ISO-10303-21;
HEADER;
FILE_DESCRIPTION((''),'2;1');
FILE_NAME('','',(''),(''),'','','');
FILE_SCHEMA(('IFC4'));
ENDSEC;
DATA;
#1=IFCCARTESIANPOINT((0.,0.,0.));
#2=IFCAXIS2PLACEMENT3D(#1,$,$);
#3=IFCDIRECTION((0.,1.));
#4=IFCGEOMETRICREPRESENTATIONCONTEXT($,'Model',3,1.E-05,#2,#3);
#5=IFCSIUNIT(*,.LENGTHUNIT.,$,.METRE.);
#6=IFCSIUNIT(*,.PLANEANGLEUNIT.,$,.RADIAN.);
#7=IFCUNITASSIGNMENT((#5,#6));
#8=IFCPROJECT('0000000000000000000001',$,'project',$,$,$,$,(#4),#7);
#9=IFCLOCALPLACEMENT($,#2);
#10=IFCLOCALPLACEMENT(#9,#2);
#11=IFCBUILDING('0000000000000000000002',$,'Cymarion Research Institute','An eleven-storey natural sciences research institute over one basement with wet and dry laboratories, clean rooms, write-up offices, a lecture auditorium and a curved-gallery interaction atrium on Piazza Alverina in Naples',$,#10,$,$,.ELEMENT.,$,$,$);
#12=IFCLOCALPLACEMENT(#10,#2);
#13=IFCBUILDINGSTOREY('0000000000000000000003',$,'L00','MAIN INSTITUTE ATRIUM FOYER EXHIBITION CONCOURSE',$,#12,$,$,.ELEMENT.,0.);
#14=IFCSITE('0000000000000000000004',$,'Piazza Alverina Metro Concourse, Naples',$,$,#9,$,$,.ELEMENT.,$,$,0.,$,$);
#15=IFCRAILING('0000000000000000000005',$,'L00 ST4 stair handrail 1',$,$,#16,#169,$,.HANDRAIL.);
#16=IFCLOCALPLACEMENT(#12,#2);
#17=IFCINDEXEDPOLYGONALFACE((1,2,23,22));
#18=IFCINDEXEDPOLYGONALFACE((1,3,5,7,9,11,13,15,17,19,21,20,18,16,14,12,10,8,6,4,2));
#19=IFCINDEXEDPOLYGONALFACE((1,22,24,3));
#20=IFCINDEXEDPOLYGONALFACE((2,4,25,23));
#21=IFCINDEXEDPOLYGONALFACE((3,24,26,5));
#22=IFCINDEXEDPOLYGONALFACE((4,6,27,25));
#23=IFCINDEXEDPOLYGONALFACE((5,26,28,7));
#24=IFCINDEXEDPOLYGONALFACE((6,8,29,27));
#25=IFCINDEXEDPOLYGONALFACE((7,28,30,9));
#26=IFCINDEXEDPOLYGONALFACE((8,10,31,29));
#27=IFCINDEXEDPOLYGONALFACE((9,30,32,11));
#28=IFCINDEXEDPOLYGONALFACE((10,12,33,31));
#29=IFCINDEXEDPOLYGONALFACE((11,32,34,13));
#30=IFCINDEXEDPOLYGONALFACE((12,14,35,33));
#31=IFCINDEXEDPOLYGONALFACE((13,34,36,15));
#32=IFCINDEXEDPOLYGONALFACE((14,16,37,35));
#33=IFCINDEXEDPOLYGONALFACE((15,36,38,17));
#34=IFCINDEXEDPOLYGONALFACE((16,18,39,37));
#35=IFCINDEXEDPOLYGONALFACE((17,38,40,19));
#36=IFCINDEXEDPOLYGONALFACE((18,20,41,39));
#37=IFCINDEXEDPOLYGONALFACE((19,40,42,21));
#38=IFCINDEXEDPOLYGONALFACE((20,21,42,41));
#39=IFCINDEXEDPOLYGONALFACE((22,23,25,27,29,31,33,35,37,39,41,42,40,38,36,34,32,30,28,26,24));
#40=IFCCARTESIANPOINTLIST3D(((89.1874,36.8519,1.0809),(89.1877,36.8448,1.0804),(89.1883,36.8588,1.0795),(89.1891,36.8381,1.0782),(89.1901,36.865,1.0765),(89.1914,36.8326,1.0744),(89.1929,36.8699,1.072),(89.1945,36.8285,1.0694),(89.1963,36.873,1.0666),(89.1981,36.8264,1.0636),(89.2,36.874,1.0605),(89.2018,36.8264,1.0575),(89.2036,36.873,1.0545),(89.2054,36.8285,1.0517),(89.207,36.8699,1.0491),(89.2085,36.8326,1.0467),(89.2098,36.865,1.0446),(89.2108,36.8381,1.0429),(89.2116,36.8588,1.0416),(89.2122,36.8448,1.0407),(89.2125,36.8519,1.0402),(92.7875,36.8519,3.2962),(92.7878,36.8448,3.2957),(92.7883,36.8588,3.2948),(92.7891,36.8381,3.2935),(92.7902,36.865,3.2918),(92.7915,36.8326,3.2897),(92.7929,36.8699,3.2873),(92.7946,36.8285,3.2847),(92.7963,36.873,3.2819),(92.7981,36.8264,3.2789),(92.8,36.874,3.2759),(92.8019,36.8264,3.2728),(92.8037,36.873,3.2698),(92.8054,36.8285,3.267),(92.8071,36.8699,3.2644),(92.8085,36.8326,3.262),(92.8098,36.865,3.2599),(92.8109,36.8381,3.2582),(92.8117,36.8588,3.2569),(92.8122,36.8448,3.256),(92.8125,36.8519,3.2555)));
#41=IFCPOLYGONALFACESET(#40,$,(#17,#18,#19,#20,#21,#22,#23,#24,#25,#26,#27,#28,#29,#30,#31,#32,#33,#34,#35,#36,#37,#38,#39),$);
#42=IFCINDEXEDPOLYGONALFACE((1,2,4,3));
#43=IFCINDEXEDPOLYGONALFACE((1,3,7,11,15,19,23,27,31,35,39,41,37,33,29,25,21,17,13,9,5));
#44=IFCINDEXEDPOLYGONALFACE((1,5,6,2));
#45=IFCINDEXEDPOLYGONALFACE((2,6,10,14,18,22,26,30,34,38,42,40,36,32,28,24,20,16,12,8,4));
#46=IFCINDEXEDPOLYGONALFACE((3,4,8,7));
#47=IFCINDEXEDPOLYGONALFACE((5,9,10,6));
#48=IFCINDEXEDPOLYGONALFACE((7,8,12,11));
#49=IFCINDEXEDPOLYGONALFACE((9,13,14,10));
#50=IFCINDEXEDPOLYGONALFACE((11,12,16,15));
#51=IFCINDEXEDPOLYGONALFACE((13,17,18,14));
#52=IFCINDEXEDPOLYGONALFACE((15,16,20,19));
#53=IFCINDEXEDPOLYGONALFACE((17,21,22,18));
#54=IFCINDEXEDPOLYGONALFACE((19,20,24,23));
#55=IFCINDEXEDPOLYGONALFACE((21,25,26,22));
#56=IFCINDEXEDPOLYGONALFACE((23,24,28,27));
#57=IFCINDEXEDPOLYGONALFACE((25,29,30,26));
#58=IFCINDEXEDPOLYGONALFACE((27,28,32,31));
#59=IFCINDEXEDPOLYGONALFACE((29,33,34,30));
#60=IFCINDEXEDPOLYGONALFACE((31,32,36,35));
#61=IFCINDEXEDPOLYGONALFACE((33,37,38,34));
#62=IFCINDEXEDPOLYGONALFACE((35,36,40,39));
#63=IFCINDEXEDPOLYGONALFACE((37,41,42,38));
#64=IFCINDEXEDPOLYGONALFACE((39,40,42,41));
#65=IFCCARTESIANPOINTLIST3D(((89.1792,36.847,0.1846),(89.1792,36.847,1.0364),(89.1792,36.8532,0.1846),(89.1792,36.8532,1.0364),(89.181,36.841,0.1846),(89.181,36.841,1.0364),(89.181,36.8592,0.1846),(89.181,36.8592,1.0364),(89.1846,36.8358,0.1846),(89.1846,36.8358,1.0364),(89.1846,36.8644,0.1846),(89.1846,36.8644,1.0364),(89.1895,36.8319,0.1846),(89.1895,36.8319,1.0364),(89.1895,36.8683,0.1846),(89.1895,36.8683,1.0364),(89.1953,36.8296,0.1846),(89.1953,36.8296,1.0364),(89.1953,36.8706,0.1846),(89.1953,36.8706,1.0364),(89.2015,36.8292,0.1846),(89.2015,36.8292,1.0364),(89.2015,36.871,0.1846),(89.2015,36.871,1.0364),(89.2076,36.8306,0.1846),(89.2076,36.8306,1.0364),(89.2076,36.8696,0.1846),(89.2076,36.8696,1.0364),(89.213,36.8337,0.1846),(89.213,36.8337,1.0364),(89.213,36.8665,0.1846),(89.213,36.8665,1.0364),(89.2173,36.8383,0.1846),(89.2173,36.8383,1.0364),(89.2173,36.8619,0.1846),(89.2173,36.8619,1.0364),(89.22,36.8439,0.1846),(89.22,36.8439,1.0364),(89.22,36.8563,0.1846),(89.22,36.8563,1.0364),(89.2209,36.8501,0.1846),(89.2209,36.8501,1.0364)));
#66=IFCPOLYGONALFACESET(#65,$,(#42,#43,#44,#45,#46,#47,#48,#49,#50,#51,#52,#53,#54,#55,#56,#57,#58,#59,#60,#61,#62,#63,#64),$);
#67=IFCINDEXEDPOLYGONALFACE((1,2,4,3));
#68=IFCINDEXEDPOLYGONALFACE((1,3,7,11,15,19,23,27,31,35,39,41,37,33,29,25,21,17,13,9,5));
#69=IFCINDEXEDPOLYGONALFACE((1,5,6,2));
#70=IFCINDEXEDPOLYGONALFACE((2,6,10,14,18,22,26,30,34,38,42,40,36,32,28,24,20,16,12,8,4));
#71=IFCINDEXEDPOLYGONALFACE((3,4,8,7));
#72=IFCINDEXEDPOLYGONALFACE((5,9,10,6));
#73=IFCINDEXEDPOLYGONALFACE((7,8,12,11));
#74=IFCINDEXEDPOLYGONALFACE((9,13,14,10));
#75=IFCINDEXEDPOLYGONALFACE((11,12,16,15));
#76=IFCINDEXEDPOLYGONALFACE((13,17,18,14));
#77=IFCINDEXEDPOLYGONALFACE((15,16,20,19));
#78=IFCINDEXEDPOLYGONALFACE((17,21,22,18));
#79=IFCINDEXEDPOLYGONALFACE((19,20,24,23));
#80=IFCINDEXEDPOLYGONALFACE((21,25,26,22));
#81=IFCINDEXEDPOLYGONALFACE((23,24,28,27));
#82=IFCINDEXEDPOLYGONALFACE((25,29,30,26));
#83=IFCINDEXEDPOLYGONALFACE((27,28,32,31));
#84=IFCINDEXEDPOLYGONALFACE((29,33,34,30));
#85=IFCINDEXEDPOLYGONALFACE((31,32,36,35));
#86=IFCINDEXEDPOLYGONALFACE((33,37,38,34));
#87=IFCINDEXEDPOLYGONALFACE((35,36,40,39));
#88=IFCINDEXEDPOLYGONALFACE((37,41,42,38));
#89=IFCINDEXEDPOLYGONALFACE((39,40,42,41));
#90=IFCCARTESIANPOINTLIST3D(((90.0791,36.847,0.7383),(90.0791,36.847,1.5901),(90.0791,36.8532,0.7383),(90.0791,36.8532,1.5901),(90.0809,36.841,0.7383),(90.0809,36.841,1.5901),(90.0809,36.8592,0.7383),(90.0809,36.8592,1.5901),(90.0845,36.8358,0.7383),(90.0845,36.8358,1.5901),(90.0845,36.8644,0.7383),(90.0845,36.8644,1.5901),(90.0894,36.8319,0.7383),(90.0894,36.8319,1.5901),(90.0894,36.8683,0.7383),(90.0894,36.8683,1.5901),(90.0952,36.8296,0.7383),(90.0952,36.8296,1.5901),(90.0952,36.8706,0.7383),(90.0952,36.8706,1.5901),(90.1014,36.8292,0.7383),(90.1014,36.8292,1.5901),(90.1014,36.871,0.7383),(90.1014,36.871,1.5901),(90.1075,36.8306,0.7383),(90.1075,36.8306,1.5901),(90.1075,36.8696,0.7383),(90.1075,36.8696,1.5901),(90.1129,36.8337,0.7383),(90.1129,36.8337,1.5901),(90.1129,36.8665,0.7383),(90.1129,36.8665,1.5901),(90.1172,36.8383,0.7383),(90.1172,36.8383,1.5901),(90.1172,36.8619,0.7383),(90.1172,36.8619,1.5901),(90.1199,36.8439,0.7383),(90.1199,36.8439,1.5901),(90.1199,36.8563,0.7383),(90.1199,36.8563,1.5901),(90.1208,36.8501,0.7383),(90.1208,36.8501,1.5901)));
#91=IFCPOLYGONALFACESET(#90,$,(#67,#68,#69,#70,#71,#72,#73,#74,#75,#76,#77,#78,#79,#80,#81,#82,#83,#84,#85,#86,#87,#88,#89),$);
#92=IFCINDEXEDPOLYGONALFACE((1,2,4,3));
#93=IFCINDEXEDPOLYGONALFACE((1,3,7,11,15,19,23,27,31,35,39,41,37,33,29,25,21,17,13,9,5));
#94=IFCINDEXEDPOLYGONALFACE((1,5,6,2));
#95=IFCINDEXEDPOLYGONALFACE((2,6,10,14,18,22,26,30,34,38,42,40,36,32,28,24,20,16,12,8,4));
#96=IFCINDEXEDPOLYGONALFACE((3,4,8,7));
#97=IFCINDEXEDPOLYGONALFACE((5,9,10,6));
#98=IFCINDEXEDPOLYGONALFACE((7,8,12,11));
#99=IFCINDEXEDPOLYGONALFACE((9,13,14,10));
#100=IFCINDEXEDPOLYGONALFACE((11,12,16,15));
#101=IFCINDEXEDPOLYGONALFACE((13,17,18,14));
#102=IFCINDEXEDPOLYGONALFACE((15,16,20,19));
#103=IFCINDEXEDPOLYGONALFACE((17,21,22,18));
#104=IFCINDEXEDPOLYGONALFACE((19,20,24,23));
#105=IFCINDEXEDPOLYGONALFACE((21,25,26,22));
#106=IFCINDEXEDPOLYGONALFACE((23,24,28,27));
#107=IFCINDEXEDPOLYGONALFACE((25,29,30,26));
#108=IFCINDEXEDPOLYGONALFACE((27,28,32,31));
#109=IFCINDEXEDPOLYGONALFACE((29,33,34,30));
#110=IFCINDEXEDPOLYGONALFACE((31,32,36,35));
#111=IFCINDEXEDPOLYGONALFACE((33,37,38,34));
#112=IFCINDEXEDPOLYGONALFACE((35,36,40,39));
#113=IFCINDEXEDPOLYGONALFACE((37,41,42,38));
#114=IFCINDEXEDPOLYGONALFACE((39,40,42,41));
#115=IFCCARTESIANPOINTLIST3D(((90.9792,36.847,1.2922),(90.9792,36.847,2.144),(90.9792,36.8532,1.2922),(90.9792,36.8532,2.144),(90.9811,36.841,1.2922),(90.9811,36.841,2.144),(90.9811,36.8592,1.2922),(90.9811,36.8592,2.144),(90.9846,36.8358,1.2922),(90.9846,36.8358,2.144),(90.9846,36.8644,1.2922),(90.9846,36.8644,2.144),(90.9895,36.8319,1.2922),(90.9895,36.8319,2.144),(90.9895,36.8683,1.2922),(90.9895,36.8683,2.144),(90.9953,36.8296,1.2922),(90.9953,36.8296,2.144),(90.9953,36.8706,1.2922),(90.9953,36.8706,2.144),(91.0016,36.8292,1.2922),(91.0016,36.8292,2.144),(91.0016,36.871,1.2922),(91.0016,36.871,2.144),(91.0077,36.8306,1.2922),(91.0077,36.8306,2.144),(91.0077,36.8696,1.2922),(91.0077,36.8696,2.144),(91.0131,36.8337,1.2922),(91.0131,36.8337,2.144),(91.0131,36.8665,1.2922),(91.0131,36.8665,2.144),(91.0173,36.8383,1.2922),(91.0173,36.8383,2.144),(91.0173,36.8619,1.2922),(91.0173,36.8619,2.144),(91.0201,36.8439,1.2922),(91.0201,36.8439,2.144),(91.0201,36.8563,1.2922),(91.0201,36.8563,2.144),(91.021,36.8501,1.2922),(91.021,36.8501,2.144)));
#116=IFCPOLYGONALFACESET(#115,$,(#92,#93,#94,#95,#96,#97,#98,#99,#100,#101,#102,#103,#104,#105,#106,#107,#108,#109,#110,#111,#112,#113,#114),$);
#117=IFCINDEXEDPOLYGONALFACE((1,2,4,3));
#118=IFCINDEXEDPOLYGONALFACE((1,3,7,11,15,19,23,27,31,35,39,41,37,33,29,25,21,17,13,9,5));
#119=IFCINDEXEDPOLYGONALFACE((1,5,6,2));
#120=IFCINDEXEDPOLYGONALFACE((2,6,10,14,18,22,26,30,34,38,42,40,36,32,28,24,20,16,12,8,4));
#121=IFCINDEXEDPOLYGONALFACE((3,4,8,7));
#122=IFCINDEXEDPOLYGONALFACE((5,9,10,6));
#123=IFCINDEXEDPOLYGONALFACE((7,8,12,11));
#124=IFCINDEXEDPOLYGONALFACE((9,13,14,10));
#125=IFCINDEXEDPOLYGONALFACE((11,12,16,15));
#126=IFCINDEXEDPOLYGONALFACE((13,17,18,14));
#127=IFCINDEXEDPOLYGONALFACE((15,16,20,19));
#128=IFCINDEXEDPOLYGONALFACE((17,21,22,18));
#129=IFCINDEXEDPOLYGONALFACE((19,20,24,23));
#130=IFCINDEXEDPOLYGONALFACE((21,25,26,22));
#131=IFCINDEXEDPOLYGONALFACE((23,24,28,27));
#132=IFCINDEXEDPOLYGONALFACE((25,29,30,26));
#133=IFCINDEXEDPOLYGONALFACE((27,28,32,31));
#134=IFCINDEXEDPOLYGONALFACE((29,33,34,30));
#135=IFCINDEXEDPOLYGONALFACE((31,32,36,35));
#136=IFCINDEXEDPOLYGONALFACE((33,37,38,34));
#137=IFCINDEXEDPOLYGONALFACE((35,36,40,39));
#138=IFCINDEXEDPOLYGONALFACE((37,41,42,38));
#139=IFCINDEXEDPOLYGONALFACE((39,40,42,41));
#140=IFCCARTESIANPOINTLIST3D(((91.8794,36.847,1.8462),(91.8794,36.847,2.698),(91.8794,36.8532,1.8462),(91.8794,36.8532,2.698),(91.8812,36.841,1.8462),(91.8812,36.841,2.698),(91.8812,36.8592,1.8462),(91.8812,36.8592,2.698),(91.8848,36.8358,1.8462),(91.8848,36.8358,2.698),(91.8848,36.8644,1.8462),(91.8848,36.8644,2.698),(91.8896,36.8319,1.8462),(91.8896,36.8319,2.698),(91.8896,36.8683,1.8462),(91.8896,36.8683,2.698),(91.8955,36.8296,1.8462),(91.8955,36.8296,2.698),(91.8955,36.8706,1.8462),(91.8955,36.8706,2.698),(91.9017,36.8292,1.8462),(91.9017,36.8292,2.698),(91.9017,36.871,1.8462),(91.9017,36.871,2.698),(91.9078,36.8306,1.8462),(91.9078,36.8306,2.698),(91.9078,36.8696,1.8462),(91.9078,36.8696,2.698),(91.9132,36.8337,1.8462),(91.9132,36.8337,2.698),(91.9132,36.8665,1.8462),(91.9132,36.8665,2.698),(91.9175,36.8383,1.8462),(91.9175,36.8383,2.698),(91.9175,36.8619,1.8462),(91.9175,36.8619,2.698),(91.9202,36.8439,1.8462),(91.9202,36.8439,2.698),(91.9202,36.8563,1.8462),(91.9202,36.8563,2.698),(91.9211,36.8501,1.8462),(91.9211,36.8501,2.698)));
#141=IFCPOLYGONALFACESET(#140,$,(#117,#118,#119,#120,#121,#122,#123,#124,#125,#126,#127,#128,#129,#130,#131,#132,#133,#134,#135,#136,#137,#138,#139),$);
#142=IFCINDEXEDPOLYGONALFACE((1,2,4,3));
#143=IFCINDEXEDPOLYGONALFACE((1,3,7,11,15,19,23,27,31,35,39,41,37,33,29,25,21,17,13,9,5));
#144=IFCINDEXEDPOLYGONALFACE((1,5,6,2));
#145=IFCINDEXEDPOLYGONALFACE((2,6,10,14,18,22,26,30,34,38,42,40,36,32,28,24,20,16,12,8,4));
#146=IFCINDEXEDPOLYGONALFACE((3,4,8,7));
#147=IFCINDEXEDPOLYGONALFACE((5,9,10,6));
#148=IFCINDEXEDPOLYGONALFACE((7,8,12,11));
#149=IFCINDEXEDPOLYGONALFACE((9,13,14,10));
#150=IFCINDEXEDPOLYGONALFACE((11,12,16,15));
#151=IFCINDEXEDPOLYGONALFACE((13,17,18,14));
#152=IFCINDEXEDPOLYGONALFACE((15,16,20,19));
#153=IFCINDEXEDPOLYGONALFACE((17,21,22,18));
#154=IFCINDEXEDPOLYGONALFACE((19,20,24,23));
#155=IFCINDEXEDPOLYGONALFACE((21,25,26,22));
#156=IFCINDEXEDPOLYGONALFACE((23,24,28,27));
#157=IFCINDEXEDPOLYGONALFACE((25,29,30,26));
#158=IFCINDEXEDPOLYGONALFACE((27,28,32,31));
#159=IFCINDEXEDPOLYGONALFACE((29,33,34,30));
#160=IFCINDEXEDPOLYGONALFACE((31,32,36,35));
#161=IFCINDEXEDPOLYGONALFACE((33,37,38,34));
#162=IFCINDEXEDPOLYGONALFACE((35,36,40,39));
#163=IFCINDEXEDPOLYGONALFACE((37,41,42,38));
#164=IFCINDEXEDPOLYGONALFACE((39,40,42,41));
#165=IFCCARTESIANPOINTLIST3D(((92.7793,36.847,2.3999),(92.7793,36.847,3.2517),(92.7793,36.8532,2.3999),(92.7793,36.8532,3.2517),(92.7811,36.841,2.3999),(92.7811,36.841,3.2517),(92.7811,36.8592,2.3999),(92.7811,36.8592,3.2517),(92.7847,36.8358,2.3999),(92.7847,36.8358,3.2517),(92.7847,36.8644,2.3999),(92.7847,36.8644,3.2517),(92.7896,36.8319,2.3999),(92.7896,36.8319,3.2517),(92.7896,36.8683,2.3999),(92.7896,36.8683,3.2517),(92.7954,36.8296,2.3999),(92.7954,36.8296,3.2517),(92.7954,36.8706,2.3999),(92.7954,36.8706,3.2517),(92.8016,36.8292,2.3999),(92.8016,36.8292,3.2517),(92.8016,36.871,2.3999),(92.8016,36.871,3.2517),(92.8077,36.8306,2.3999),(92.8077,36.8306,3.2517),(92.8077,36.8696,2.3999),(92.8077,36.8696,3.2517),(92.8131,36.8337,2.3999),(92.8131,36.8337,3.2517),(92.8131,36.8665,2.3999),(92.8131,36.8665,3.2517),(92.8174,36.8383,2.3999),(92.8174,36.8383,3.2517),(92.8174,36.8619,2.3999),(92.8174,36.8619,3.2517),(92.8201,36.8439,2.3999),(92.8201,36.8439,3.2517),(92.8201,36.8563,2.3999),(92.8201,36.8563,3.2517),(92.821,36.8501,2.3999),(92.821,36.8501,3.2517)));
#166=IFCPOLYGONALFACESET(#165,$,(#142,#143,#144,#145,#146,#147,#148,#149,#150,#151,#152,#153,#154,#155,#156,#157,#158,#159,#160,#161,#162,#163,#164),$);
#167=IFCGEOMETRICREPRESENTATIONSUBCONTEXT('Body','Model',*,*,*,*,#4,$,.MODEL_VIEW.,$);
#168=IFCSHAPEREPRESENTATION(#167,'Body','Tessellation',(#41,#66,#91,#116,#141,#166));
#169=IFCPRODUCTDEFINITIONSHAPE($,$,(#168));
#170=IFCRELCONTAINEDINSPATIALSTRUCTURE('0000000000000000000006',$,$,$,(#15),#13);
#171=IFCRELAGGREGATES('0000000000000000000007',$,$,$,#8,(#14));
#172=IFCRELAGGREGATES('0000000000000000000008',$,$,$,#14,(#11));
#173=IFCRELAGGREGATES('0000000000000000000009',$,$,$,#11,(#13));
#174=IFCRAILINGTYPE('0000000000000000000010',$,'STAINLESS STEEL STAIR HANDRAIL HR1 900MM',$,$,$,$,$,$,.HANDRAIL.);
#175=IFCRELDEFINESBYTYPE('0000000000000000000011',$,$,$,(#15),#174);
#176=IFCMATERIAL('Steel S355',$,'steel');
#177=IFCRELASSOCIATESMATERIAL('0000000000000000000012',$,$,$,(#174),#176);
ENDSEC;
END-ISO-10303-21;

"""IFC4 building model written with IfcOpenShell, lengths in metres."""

from ifc_helpers import new_model, si_unit, direction, frame, origin, origin_2d, place, context, subcontext, project, spatial, circle, extrude, material, type_object, element, save


model = new_model("IFC4")

# Units and contexts
model_context = context("Model", 3, precision=1e-05, world=origin(), true_north=direction((0.0, 1.0)))
body_context = subcontext(model_context, "Body", "Model", "MODEL_VIEW")
ifc_project = project(units=[si_unit("LENGTHUNIT", "METRE"), si_unit("PLANEANGLEUNIT", "RADIAN")], contexts=[model_context])

# Site, building, storey
site_placement = place(None, origin())
site = spatial("IfcSite", under=ifc_project, at=site_placement, Name="Piazza Alverina Metro Concourse, Naples", CompositionType="ELEMENT", RefElevation=0.0)
building_placement = place(site_placement, origin())
building = spatial("IfcBuilding", under=site, at=building_placement, Name="Cymarion Research Institute", Description="An eleven-storey natural sciences research institute over one basement with wet and dry laboratories, clean rooms, write-up offices, a lecture auditorium and a curved-gallery interaction atrium on Piazza Alverina in Naples", CompositionType="ELEMENT")
storey_placement = place(building_placement, origin())
storey = spatial("IfcBuildingStorey", under=building, at=storey_placement, Name="L00", Description="MAIN INSTITUTE ATRIUM FOYER EXHIBITION CONCOURSE", CompositionType="ELEMENT", Elevation=0.0)

# Shared definitions
ifc_material_1 = material(Name="Steel S355", Category="steel")

# Railing
railing_type_1 = type_object("IfcRailingType", Name="STAINLESS STEEL STAIR HANDRAIL HR1 900MM", PredefinedType="HANDRAIL", material=ifc_material_1)
railing_1_placement = place(storey_placement, frame((89.2, 36.8501, 0.1846)))
element("IfcRailing", 1, at=railing_1_placement, inside=storey, type_object=railing_type_1, Name="L00 ST4 stair handrail 1", PredefinedType="HANDRAIL", context=body_context, shape_type="SweptSolid", body=[
    extrude(circle(Radius=0.0239, at=origin_2d()), frame((0.0, 0.0, 0.876), z_axis=(0.85167, 0.0, 0.524078), x_axis=(0.0, 1.0, 0.0)), (0.0, 0.0, 1.0), 4.2271),
    extrude(circle(Radius=0.021, at=origin_2d()), origin(), (0.0, 0.0, 1.0), 0.8518),
    extrude(circle(Radius=0.021, at=origin_2d()), frame((0.8999, 0.0, 0.5537)), (0.0, 0.0, 1.0), 0.8518),
    extrude(circle(Radius=0.021, at=origin_2d()), frame((1.8, 0.0, 1.1077)), (0.0, 0.0, 1.0), 0.8518),
    extrude(circle(Radius=0.021, at=origin_2d()), frame((2.7002, 0.0, 1.6616)), (0.0, 0.0, 1.0), 0.8518),
    extrude(circle(Radius=0.021, at=origin_2d()), frame((3.6001, 0.0, 2.2153)), (0.0, 0.0, 1.0), 0.8518),
])

save(model, "model.ifc")
